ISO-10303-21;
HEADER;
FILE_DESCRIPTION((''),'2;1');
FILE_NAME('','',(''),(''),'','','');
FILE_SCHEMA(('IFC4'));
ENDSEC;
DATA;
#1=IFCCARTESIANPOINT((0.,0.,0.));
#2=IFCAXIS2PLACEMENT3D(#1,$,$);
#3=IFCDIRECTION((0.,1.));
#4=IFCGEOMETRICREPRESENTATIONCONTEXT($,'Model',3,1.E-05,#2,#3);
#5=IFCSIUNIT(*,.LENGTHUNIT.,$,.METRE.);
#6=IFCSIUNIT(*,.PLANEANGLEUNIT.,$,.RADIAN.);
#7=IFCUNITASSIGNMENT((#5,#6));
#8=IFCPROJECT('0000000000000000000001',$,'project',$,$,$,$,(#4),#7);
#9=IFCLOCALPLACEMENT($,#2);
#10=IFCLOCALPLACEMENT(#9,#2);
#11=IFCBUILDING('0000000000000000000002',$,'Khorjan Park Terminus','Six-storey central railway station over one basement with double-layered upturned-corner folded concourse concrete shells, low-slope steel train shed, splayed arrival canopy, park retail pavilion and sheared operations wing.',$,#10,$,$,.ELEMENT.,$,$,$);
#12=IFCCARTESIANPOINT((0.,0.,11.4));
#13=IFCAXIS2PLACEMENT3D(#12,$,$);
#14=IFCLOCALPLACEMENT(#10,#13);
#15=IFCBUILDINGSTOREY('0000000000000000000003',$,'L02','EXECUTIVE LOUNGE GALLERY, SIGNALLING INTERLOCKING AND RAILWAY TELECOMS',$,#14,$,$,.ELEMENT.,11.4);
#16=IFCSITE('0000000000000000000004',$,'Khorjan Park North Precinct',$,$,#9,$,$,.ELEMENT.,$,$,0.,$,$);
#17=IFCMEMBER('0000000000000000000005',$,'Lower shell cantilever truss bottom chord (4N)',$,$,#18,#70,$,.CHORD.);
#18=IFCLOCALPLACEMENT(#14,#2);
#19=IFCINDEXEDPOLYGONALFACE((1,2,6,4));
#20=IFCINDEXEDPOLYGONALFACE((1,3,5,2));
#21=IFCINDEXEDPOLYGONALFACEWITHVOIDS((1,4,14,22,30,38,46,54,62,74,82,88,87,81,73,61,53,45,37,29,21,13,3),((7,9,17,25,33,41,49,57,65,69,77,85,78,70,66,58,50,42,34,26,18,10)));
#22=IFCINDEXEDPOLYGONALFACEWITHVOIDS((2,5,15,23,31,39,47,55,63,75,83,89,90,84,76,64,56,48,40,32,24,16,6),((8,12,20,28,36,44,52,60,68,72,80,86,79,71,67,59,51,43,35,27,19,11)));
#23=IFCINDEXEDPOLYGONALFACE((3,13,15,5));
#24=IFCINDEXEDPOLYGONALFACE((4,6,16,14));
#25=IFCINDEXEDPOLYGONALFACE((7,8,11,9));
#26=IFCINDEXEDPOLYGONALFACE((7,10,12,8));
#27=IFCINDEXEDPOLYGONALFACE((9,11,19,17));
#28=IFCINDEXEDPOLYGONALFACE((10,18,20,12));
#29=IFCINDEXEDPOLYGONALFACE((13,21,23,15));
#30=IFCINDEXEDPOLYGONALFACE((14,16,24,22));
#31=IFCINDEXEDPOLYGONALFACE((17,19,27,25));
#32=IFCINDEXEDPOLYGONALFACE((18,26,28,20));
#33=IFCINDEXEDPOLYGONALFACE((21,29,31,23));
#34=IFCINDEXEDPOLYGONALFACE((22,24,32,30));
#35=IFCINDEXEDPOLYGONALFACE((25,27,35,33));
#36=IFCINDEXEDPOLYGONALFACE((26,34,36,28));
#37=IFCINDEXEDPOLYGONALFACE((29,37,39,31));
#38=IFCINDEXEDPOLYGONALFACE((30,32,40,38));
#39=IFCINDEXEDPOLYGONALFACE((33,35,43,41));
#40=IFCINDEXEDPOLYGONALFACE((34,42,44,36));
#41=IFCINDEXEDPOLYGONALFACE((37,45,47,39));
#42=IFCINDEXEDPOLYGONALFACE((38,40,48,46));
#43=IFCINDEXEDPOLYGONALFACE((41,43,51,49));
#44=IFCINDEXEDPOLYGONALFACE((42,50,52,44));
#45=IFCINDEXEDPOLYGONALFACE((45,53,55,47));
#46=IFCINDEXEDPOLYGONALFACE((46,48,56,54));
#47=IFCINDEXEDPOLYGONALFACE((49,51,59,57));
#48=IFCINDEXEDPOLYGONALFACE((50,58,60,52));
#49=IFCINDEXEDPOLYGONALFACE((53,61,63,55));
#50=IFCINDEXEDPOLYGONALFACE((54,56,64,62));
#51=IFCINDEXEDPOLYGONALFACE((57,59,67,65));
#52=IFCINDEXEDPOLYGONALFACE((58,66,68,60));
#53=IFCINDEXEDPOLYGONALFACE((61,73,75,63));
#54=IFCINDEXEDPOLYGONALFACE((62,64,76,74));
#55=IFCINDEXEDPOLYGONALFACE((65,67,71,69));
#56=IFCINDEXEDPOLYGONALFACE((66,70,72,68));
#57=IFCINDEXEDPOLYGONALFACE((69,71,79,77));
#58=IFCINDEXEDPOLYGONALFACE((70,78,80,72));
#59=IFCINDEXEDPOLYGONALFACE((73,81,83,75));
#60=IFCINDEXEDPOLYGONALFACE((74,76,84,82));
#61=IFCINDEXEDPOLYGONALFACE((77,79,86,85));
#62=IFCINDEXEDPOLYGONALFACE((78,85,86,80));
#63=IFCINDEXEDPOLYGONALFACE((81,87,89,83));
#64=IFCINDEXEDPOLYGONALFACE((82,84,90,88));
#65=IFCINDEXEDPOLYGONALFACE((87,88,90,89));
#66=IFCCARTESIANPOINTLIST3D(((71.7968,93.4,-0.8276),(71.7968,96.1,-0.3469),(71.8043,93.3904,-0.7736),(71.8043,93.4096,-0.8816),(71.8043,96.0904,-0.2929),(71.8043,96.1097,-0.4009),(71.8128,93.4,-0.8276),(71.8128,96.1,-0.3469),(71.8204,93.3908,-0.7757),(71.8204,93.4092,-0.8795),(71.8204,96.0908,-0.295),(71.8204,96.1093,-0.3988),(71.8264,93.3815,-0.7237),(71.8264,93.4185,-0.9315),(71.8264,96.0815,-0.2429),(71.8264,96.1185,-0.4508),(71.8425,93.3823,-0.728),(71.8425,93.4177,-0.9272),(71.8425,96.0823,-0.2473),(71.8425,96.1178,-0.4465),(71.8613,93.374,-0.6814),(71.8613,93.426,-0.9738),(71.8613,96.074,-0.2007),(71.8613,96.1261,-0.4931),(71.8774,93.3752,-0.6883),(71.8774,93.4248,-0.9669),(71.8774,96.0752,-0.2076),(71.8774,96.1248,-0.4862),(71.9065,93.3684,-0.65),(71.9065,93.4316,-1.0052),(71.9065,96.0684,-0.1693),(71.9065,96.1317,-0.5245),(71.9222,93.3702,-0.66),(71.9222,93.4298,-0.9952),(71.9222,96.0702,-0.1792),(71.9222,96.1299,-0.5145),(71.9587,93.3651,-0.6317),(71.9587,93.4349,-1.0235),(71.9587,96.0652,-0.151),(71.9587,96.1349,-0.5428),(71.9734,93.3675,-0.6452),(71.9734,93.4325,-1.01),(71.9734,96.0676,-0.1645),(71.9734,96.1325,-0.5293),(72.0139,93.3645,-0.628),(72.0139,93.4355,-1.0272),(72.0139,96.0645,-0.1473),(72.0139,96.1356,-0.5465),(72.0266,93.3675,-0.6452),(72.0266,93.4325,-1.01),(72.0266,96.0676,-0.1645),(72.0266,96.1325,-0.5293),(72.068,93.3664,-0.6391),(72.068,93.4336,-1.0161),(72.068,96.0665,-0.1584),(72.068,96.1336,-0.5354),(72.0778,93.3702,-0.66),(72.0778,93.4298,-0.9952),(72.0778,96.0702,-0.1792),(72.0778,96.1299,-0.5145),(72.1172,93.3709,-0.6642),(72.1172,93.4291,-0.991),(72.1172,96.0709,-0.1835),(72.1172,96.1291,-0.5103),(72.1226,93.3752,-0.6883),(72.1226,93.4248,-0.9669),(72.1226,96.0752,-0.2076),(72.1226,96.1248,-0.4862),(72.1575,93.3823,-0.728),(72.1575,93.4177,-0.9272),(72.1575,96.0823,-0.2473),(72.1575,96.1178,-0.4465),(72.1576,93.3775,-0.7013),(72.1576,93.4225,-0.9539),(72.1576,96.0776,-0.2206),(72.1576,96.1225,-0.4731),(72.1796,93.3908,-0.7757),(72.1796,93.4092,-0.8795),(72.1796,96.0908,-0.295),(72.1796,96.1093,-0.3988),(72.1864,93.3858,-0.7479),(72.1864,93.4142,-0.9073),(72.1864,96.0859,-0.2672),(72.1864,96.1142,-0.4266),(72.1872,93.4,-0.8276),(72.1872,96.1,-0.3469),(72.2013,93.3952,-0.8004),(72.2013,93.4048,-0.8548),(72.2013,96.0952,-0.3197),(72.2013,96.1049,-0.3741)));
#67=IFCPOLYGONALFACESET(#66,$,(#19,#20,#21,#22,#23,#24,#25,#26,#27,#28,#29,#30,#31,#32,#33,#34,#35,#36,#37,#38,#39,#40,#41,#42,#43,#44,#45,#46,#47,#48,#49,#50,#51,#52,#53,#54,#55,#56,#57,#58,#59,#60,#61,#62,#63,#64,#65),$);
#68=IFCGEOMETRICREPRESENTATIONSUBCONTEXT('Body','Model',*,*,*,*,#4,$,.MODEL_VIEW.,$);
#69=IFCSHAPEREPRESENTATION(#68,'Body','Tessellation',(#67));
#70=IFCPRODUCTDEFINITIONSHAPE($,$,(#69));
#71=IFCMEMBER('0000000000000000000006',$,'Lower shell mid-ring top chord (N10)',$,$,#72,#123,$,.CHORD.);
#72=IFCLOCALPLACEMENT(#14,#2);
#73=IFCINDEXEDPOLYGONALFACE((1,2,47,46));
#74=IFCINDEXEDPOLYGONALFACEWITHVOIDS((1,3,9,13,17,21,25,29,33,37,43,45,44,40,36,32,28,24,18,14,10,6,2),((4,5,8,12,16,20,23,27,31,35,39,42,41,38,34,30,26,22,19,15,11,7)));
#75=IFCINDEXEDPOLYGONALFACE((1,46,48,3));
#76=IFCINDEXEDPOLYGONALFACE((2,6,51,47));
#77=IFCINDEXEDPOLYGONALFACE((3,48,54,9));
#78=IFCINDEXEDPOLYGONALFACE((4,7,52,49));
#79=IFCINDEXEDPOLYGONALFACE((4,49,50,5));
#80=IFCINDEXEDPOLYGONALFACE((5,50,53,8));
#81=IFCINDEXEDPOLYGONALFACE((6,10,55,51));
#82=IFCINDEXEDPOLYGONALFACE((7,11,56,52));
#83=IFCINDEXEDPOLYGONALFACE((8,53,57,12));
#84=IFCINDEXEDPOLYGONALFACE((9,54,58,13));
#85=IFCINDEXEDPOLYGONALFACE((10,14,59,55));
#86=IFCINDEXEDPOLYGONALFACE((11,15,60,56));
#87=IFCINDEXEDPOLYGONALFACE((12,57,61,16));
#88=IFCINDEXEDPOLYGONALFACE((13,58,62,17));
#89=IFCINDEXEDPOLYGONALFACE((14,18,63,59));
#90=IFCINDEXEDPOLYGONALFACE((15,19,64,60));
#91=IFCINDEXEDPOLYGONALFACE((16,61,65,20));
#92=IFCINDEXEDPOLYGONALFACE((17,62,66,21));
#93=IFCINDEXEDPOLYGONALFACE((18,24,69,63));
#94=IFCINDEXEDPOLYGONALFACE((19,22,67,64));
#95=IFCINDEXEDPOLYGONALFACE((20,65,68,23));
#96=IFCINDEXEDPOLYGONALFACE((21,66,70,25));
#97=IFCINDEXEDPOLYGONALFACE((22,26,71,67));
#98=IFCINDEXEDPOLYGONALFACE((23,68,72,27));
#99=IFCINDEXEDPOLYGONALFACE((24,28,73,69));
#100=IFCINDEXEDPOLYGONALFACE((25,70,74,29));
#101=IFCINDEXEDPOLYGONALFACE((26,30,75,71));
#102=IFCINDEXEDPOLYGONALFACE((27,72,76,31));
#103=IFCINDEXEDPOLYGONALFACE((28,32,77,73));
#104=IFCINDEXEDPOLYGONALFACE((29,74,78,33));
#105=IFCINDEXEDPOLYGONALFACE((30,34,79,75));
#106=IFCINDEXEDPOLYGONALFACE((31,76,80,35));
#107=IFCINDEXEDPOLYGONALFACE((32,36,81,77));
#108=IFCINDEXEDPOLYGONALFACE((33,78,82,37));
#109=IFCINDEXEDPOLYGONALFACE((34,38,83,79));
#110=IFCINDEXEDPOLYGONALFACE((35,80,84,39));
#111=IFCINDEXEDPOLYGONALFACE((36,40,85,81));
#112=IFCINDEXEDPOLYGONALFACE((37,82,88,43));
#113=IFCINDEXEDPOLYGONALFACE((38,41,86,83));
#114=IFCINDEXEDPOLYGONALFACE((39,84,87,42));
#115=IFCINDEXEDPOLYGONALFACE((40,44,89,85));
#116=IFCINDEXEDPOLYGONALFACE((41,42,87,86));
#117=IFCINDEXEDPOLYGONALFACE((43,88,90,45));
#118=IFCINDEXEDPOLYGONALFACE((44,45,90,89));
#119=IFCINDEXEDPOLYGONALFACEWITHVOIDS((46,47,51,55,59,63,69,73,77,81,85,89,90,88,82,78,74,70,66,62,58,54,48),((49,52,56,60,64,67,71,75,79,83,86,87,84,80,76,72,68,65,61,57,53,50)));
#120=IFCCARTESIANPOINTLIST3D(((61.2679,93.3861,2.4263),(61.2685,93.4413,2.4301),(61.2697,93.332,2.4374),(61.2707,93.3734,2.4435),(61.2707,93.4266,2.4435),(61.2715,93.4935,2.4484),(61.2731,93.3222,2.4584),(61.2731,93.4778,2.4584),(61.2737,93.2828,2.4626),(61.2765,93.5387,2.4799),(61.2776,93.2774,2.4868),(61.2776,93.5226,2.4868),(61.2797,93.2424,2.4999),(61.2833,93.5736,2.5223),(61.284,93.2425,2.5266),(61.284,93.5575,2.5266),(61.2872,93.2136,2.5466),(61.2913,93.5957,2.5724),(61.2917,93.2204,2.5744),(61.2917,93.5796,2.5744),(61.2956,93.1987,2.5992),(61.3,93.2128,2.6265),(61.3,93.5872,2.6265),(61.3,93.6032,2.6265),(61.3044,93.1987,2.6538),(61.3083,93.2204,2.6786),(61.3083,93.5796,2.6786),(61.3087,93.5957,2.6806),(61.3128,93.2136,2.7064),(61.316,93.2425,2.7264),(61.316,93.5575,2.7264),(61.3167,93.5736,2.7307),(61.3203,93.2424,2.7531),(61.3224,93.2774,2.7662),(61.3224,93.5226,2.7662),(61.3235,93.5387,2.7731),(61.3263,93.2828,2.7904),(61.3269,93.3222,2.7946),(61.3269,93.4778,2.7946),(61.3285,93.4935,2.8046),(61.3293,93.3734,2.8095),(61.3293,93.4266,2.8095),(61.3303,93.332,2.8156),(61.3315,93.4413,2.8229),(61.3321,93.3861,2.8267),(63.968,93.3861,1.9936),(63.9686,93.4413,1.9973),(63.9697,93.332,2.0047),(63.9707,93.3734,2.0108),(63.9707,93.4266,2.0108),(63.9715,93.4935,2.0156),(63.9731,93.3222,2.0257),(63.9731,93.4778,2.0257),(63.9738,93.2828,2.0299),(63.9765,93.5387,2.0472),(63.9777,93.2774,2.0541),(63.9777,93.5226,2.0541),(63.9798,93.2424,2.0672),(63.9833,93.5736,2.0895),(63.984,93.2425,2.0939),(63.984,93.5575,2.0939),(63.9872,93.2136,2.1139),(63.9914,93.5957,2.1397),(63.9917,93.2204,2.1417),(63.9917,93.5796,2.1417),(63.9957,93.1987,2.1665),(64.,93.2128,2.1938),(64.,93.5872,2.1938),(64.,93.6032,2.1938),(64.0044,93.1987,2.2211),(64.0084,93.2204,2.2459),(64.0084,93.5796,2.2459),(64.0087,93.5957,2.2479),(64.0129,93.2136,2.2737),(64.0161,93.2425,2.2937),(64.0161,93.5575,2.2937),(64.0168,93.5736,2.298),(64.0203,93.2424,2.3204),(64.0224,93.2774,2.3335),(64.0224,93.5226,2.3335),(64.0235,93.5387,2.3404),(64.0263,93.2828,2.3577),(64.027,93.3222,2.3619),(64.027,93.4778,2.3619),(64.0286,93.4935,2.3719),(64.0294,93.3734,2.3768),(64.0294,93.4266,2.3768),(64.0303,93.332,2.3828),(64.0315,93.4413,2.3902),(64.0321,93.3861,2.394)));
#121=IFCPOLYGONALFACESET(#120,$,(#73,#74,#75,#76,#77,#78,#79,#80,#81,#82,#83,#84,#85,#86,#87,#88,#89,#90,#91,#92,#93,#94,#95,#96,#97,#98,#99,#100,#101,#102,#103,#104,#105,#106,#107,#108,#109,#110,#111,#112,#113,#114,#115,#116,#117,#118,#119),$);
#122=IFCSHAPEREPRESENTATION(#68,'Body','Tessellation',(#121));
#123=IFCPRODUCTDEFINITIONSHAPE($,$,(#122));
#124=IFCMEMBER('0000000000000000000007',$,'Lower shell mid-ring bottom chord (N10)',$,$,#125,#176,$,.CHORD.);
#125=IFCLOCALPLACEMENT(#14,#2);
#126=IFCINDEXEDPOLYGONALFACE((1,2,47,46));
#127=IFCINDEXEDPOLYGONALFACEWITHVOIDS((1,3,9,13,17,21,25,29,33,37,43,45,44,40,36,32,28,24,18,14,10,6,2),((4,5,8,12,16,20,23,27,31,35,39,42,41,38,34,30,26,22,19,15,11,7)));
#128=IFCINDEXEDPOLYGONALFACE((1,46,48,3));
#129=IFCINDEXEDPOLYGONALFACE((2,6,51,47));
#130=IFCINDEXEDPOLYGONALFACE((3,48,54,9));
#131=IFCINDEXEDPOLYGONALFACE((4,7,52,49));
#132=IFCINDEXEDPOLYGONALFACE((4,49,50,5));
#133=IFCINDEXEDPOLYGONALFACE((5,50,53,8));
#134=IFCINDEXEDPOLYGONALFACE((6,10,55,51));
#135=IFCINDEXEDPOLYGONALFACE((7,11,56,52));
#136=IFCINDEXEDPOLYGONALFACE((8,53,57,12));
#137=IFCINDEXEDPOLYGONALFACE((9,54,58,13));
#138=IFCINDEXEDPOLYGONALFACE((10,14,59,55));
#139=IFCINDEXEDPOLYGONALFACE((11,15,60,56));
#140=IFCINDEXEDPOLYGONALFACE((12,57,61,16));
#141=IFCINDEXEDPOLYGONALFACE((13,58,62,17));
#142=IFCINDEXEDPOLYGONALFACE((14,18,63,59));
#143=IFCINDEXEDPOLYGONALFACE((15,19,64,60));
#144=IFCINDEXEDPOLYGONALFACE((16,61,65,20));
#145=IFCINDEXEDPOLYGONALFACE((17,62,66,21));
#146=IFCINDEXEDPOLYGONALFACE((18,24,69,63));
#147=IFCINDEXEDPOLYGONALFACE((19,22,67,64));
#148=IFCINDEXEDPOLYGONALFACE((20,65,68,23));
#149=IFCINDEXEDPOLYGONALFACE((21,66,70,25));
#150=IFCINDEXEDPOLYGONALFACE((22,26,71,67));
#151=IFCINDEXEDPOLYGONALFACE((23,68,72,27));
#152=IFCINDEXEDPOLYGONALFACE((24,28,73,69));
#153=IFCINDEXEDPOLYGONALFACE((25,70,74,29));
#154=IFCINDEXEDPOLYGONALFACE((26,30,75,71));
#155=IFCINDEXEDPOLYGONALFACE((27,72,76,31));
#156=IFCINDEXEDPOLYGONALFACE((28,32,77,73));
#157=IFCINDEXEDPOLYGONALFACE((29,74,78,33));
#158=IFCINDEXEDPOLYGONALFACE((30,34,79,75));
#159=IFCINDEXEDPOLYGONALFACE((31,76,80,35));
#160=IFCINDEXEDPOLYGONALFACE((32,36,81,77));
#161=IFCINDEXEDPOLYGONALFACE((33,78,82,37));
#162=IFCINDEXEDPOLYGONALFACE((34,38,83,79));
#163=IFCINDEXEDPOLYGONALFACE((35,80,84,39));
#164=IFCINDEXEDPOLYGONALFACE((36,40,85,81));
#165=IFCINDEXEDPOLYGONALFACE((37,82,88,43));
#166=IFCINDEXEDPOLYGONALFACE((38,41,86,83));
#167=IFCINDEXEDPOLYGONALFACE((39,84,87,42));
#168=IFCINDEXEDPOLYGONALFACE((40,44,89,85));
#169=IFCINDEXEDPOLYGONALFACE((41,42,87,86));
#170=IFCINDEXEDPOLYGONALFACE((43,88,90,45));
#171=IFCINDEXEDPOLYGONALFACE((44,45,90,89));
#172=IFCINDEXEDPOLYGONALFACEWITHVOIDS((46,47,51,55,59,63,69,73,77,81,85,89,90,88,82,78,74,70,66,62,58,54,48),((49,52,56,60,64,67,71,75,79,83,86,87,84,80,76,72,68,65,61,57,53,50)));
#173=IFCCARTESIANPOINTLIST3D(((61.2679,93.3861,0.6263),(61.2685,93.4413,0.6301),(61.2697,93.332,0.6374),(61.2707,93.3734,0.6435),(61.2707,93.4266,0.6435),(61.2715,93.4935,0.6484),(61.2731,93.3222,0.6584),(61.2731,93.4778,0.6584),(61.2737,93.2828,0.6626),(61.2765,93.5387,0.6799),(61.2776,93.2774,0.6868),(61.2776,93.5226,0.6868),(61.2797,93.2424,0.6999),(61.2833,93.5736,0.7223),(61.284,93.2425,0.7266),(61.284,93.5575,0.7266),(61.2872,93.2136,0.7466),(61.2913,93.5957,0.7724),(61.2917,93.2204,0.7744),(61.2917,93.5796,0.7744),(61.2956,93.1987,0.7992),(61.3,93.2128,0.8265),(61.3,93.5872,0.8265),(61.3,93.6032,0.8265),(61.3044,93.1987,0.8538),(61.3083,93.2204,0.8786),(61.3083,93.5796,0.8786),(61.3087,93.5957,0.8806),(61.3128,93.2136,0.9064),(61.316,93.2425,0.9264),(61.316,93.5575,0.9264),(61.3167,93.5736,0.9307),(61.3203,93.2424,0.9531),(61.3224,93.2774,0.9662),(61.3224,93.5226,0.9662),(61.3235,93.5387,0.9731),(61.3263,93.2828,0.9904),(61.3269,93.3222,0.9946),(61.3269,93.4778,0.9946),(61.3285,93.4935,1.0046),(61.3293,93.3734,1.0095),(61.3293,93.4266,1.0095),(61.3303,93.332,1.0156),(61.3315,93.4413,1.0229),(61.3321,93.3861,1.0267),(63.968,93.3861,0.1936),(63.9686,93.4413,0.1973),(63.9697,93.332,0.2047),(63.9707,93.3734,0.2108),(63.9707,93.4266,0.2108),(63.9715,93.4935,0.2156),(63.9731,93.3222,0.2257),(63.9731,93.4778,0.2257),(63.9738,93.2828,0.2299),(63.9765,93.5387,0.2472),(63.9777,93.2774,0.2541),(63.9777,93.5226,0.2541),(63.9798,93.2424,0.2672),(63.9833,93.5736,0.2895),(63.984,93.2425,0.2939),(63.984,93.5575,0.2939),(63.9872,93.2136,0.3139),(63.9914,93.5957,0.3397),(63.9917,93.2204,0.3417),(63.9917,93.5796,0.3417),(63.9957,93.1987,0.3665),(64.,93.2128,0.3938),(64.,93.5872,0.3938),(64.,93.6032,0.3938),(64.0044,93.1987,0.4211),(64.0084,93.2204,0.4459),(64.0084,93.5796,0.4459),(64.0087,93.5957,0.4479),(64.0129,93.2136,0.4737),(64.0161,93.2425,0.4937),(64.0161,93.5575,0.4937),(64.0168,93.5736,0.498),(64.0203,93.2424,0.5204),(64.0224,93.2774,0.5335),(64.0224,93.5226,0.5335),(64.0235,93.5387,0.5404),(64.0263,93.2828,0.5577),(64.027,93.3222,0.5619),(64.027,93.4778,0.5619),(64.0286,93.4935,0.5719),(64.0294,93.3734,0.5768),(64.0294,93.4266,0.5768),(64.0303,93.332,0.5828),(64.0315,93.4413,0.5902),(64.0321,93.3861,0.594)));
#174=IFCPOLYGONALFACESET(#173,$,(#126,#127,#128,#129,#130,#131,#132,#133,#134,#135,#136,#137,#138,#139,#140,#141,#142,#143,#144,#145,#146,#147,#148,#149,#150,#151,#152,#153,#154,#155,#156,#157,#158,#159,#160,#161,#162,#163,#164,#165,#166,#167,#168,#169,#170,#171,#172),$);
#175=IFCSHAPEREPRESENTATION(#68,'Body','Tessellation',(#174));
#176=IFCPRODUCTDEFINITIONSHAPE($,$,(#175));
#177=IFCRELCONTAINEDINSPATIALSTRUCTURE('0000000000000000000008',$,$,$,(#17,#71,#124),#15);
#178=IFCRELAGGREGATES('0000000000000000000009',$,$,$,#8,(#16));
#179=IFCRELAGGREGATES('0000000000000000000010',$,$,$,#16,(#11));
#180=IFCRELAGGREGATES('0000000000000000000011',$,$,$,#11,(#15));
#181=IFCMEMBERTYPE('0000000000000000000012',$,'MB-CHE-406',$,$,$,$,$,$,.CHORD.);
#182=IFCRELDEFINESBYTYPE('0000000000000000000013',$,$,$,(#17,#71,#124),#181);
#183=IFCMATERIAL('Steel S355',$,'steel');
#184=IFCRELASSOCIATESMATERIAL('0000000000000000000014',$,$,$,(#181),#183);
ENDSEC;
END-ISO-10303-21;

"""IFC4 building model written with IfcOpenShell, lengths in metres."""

from ifc_helpers import new_model, si_unit, direction, frame, origin, origin_2d, place, context, subcontext, project, spatial, hollow_circle, extrude, material, material_profile, profile_set, type_object, element, save


model = new_model("IFC4")

# Units and contexts
model_context = context("Model", 3, precision=1e-05, world=origin(), true_north=direction((0.0, 1.0)))
body_context = subcontext(model_context, "Body", "Model", "MODEL_VIEW")
ifc_project = project(units=[si_unit("LENGTHUNIT", "METRE"), si_unit("PLANEANGLEUNIT", "RADIAN")], contexts=[model_context])

# Site, building, storey
site_placement = place(None, origin())
site = spatial("IfcSite", under=ifc_project, at=site_placement, Name="Khorjan Park North Precinct", CompositionType="ELEMENT", RefElevation=0.0)
building_placement = place(site_placement, origin())
building = spatial("IfcBuilding", under=site, at=building_placement, Name="Khorjan Park Terminus", Description="Six-storey central railway station over one basement with double-layered upturned-corner folded concourse concrete shells, low-slope steel train shed, splayed arrival canopy, park retail pavilion and sheared operations wing.", CompositionType="ELEMENT")
storey_placement = place(building_placement, frame((0.0, 0.0, 11.4)))
storey = spatial("IfcBuildingStorey", under=building, at=storey_placement, Name="L02", Description="EXECUTIVE LOUNGE GALLERY, SIGNALLING INTERLOCKING AND RAILWAY TELECOMS", CompositionType="ELEMENT", Elevation=11.4)

# Members
ifc_material_1 = material(Name="Steel S355", Category="steel")
ifc_material_profile_1 = material_profile(ifc_material_1, hollow_circle(Radius=0.2032, WallThickness=0.016, at=origin_2d()), Name="CHS 406.4x16")
ifc_profile_set_1 = profile_set([ifc_material_profile_1], Name="Steel S355")
member_type_1 = type_object("IfcMemberType", Name="MB-CHE-406", PredefinedType="CHORD", material=ifc_profile_set_1)
for number, where, z_axis, x_axis, name in (
    (1, (72.0, 93.4, -0.8276), (0.0, 0.984518, 0.175281), (-1.0, 0.0, 0.0), "Lower shell cantilever truss bottom chord (4N)"),
):
    element("IfcMember", number, at=place(storey_placement, frame(where, z_axis=z_axis, x_axis=x_axis)), inside=storey, type_object=member_type_1, Name=name, PredefinedType="CHORD", context=body_context, shape_type="SweptSolid", body=[
        extrude(hollow_circle(Radius=0.2032, WallThickness=0.016, at=origin_2d()), origin(), (0.0, 0.0, 1.0), 2.7425),
    ])
for number, where, z_axis, x_axis, name in (
    (2, (61.3, 93.4, 2.6265), (0.987401, 0.0, -0.15824), (0.0, 1.0, 0.0), "Lower shell mid-ring top chord (N10)"),
    (3, (61.3, 93.4, 0.8265), (0.987401, 0.0, -0.15824), (0.0, 1.0, 0.0), "Lower shell mid-ring bottom chord (N10)"),
):
    element("IfcMember", number, at=place(storey_placement, frame(where, z_axis=z_axis, x_axis=x_axis)), inside=storey, type_object=member_type_1, Name=name, PredefinedType="CHORD", context=body_context, shape_type="SweptSolid", body=[
        extrude(hollow_circle(Radius=0.2032, WallThickness=0.016, at=origin_2d()), origin(), (0.0, 0.0, 1.0), 2.7345),
    ])

save(model, "model.ifc")
